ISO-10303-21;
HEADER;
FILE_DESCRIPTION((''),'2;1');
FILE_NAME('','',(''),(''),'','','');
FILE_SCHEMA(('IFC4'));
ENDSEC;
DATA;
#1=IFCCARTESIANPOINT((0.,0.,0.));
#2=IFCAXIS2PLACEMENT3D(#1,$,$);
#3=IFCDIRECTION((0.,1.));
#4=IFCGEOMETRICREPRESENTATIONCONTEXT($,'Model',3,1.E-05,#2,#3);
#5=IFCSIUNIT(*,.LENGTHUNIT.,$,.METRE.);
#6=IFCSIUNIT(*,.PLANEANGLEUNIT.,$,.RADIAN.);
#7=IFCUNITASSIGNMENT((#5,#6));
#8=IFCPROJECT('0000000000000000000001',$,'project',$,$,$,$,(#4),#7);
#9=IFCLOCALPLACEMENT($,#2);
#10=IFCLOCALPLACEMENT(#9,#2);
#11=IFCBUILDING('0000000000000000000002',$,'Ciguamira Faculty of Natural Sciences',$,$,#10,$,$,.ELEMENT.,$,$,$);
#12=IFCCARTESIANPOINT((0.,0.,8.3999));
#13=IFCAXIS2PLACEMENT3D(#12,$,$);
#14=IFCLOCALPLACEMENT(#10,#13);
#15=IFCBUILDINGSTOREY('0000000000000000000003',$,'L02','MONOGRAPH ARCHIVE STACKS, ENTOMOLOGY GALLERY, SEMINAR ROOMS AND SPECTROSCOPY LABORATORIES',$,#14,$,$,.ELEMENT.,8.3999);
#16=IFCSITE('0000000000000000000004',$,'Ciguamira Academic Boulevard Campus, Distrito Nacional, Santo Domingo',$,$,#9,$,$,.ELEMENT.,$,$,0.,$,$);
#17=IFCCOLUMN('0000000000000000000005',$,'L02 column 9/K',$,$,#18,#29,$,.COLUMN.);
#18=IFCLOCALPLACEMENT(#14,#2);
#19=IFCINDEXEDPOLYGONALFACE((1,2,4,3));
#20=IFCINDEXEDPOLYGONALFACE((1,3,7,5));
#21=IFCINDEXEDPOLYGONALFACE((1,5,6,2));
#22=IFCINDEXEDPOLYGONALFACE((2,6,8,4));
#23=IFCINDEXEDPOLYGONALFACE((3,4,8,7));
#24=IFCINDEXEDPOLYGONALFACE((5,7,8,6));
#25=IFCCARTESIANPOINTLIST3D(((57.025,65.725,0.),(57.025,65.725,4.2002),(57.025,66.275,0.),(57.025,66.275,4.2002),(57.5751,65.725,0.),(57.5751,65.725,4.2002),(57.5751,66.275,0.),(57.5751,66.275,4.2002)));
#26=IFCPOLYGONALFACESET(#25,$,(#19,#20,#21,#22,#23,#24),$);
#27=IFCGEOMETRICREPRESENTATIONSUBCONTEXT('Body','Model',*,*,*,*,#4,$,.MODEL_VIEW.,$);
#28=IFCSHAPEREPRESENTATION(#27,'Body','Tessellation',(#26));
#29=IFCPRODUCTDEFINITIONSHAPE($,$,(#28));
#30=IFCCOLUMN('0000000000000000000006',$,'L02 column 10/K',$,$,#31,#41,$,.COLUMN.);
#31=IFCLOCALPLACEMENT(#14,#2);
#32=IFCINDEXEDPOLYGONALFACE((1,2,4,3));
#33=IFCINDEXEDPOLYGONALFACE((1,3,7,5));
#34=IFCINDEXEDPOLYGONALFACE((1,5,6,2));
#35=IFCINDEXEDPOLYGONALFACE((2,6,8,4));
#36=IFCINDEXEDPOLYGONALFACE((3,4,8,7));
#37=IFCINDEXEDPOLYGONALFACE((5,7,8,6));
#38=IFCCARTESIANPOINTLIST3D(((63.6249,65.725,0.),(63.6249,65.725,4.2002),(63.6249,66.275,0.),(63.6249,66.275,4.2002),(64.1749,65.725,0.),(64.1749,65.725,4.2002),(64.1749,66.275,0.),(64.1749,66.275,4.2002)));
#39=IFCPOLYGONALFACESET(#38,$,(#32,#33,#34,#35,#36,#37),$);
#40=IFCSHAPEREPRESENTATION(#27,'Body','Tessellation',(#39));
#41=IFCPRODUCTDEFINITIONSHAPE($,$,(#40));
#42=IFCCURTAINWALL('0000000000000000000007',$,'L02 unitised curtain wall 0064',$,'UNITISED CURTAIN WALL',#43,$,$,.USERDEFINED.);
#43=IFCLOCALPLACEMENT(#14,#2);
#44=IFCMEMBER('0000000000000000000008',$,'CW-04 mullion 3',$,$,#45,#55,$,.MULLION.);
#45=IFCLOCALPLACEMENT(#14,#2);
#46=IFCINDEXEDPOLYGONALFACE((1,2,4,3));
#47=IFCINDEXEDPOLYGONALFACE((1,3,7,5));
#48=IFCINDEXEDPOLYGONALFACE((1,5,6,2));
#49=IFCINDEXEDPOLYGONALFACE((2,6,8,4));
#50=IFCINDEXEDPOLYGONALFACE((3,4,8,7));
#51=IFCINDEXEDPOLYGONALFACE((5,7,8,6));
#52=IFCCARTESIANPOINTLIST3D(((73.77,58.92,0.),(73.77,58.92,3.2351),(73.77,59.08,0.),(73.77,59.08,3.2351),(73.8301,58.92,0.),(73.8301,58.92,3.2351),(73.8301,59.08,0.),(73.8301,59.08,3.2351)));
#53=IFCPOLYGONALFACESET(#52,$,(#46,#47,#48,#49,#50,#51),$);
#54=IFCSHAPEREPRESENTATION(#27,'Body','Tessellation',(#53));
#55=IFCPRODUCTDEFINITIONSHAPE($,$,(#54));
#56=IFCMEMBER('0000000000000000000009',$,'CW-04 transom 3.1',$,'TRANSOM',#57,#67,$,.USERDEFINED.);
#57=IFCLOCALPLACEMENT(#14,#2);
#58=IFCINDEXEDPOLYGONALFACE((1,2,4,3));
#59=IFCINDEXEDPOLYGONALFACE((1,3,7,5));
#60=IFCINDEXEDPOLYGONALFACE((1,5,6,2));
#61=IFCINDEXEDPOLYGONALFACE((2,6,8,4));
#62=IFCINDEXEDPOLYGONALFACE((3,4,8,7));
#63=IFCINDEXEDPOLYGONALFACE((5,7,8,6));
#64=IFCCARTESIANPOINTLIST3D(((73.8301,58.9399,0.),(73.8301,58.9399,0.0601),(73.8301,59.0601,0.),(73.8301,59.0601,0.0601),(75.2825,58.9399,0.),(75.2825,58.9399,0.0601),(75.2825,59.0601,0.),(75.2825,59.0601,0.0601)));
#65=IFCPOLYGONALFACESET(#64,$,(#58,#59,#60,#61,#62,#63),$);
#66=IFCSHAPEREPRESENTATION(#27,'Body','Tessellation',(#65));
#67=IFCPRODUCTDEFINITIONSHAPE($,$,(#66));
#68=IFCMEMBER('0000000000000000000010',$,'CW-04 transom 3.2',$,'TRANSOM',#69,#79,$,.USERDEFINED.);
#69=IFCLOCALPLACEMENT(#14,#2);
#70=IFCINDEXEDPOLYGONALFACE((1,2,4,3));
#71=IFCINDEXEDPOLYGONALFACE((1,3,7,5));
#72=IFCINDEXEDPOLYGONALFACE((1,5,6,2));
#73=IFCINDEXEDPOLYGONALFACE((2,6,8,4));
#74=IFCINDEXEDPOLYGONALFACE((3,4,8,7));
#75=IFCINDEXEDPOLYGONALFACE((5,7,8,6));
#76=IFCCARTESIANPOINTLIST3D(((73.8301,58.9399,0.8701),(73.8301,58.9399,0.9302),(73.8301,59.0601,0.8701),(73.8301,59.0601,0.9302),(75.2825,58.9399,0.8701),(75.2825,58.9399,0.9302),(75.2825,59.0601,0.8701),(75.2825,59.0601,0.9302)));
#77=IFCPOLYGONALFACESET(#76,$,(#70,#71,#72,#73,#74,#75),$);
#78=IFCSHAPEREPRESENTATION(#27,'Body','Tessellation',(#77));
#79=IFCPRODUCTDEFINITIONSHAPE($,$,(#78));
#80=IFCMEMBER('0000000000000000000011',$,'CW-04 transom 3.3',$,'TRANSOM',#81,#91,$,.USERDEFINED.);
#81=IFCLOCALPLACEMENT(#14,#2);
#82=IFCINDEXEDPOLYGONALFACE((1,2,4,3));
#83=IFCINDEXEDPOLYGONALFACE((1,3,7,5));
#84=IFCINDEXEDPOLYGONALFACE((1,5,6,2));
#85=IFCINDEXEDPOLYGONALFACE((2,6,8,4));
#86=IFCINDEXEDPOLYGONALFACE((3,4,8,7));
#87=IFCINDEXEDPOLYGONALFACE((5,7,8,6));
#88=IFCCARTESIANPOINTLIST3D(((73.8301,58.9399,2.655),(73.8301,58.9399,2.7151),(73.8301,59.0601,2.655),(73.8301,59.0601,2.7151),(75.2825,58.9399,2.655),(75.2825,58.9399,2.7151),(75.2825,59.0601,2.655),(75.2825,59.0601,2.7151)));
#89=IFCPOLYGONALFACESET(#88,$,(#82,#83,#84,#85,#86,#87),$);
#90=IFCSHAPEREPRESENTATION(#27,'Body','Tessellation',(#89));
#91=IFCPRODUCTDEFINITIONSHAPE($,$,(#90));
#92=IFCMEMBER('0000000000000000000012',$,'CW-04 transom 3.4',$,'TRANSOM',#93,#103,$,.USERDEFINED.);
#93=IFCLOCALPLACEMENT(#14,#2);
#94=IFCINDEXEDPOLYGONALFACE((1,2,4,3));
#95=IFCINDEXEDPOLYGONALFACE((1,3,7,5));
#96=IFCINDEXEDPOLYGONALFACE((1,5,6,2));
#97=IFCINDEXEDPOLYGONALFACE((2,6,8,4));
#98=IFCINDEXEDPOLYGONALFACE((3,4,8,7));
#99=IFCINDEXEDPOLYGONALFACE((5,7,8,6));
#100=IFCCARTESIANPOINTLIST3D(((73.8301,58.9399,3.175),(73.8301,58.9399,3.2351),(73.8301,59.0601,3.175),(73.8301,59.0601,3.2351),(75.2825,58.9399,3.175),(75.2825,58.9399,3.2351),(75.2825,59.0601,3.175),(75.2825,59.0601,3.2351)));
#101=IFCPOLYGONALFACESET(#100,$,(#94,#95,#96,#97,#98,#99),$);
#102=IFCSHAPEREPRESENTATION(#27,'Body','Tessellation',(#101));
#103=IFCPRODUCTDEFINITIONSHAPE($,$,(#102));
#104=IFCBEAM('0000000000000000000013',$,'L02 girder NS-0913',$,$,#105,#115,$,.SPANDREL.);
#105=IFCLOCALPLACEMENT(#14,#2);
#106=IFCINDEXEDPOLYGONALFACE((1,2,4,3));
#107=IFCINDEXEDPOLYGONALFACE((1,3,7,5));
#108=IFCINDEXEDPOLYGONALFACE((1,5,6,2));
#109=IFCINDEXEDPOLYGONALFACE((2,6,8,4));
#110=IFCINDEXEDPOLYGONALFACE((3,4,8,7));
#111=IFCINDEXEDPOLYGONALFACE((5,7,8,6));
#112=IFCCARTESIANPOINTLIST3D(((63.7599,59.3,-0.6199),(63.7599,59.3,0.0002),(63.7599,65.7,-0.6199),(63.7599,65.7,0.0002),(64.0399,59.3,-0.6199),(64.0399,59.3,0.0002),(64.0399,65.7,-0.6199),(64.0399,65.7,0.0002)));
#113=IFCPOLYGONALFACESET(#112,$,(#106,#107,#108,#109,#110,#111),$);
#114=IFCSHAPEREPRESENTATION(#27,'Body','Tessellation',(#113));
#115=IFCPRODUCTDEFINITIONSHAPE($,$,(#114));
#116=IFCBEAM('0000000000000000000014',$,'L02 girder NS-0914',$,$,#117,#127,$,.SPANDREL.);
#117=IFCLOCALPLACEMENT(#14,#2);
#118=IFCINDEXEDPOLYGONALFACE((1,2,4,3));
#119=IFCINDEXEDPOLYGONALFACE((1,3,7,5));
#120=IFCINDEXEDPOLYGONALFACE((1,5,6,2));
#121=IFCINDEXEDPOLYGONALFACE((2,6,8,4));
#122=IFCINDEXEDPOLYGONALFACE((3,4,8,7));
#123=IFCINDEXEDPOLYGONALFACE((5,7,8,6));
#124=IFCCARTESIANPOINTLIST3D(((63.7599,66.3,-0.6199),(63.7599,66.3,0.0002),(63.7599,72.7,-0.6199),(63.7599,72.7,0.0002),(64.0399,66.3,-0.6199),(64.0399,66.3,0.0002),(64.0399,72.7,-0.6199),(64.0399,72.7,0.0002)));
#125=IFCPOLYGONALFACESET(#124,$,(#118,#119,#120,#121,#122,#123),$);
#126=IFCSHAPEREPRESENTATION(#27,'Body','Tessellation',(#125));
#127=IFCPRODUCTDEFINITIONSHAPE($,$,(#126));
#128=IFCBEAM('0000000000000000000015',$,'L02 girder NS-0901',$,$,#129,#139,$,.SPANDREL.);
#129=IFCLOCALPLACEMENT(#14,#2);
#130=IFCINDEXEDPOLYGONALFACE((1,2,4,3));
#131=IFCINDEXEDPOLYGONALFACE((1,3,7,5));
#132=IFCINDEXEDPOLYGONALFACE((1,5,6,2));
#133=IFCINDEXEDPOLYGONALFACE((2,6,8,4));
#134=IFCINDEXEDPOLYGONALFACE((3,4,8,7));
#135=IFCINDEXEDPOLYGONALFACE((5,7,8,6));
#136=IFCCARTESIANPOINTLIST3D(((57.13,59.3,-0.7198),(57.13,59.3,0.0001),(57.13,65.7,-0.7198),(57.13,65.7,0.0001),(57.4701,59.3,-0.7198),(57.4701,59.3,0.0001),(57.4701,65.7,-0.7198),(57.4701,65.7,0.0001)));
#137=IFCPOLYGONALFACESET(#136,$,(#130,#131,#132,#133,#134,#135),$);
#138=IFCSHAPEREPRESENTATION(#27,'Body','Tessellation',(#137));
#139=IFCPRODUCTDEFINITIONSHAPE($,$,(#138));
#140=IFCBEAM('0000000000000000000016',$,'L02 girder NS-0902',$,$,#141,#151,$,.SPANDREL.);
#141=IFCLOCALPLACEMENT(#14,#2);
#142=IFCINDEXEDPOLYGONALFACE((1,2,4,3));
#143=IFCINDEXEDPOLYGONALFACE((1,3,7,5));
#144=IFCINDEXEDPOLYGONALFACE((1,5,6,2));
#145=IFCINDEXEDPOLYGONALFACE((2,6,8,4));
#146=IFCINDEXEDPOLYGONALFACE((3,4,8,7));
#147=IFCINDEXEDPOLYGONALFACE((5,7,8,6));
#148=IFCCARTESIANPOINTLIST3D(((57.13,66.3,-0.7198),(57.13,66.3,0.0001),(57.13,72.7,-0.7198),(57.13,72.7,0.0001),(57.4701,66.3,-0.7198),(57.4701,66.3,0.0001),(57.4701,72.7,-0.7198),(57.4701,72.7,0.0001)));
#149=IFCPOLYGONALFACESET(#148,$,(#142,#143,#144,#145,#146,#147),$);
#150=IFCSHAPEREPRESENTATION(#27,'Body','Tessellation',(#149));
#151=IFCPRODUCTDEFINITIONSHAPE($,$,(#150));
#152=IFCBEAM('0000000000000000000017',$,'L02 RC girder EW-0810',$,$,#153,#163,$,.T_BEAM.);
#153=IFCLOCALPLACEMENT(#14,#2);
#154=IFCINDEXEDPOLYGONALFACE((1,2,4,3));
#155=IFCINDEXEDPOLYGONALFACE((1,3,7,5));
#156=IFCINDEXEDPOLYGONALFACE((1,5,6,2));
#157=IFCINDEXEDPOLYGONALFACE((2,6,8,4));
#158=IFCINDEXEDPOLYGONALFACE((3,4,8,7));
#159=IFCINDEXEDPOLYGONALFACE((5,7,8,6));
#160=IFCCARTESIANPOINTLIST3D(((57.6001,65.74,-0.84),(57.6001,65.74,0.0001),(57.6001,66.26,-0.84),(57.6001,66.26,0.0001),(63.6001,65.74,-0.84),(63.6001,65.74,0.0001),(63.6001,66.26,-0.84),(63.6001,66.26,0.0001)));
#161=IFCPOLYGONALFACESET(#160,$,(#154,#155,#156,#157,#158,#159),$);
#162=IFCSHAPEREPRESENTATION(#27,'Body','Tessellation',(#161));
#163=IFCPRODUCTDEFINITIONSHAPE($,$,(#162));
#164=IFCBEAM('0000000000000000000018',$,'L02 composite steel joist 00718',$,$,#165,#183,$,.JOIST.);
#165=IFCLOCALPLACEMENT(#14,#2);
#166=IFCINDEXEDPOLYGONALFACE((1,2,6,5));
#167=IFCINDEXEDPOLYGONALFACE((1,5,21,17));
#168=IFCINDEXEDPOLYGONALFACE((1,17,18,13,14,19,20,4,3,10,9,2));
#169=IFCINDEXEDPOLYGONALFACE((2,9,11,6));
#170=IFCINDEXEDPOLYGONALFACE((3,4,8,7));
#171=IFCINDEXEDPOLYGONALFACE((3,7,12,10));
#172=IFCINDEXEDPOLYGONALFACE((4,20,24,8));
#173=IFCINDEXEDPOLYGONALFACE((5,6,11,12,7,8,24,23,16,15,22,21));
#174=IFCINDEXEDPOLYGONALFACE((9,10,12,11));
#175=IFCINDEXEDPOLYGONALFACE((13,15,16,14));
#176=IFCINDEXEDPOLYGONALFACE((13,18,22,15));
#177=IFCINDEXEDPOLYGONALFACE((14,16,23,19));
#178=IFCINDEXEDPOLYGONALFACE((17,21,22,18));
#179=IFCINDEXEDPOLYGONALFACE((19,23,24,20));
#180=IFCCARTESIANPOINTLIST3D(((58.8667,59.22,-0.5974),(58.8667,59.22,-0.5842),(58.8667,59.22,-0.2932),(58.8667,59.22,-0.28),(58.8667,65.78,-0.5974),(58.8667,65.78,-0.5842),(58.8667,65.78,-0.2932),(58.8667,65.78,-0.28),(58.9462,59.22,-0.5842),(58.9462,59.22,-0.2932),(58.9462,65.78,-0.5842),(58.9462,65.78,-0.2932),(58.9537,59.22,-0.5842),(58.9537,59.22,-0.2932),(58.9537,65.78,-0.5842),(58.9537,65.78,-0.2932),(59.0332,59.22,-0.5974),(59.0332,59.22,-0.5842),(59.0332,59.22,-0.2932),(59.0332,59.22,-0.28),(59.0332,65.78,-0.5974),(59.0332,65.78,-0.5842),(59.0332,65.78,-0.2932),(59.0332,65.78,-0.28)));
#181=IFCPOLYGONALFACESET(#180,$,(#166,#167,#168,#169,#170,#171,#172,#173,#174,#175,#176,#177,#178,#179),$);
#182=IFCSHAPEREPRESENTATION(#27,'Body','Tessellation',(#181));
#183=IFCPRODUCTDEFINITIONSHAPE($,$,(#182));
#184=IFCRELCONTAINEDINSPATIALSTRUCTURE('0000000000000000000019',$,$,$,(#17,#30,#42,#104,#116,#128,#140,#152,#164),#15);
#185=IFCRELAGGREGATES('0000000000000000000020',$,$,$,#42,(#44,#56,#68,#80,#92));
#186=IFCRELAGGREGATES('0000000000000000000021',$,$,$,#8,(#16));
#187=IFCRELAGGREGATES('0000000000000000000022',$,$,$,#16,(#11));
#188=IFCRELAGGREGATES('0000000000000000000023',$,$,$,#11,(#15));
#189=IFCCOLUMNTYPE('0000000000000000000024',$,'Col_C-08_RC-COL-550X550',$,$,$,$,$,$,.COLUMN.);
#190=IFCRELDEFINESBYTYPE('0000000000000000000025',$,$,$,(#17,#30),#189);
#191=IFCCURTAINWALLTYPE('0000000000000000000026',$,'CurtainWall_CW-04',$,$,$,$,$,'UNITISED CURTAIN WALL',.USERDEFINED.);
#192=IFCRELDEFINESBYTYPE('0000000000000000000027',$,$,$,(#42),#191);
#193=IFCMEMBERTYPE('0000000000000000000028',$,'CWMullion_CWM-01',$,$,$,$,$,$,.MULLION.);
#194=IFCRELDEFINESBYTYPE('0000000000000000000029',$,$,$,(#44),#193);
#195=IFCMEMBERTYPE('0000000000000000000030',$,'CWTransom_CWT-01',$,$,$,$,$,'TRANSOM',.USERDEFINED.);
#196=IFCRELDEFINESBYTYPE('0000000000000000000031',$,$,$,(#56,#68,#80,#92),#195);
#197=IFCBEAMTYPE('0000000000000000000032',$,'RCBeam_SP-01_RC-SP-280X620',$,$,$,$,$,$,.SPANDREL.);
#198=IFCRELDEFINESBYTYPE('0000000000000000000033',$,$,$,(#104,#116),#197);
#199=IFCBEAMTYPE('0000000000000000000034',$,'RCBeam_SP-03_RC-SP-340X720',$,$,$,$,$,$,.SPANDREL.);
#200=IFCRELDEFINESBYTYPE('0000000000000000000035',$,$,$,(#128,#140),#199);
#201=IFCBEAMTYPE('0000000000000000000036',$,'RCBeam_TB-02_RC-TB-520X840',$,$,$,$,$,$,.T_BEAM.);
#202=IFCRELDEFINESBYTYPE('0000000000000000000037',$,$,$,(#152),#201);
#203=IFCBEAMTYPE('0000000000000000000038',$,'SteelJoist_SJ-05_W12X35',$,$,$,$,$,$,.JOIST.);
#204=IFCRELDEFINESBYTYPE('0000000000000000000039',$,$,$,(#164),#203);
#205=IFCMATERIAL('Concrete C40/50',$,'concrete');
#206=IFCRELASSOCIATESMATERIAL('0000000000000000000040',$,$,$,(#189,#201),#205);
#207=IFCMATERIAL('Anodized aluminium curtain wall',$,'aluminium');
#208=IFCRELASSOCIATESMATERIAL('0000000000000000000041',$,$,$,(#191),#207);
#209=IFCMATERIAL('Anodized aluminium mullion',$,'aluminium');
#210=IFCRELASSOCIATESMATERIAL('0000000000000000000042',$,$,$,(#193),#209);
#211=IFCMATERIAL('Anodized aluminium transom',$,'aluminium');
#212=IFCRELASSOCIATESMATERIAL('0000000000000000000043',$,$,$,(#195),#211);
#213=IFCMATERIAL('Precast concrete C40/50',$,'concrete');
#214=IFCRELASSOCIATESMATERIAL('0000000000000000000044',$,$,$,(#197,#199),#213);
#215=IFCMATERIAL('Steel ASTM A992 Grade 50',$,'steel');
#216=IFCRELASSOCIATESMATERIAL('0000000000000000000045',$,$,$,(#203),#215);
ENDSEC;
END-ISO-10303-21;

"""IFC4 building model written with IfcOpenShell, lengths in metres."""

from ifc_helpers import new_model, si_unit, direction, frame, origin, origin_2d, place, context, subcontext, project, spatial, rectangle, i_section, extrude, material, material_profile, profile_set, type_object, element, aggregate, save


model = new_model("IFC4")

# Units and contexts
model_context = context("Model", 3, precision=1e-05, world=origin(), true_north=direction((0.0, 1.0)))
body_context = subcontext(model_context, "Body", "Model", "MODEL_VIEW")
ifc_project = project(units=[si_unit("LENGTHUNIT", "METRE"), si_unit("PLANEANGLEUNIT", "RADIAN")], contexts=[model_context])

# Site, building, storey
site_placement = place(None, origin())
site = spatial("IfcSite", under=ifc_project, at=site_placement, Name="Ciguamira Academic Boulevard Campus, Distrito Nacional, Santo Domingo", CompositionType="ELEMENT", RefElevation=0.0)
building_placement = place(site_placement, origin())
building = spatial("IfcBuilding", under=site, at=building_placement, Name="Ciguamira Faculty of Natural Sciences", CompositionType="ELEMENT")
storey_placement = place(building_placement, frame((0.0, 0.0, 8.3999)))
storey = spatial("IfcBuildingStorey", under=building, at=storey_placement, Name="L02", Description="MONOGRAPH ARCHIVE STACKS, ENTOMOLOGY GALLERY, SEMINAR ROOMS AND SPECTROSCOPY LABORATORIES", CompositionType="ELEMENT", Elevation=8.3999)

# Columns
ifc_material_1 = material(Name="Concrete C40/50", Category="concrete")
ifc_material_profile_1 = material_profile(ifc_material_1, rectangle(XDim=0.55, YDim=0.55, at=origin_2d()), Name="RC-COL-550X550")
ifc_profile_set_1 = profile_set([ifc_material_profile_1], Name="Concrete C40/50")
column_type = type_object("IfcColumnType", Name="Col_C-08_RC-COL-550X550", PredefinedType="COLUMN", material=ifc_profile_set_1)
for number, where, z_axis, x_axis, name in (
    (1, (57.3, 66.0, 0.0), (0.0, 0.0, 1.0), (1.0, 0.0, 0.0), "L02 column 9/K"),
    (2, (63.8999, 66.0, 0.0), (0.0, 0.0, 1.0), (1.0, 0.0, 0.0), "L02 column 10/K"),
):
    element("IfcColumn", number, at=place(storey_placement, frame(where, z_axis=z_axis, x_axis=x_axis)), inside=storey, type_object=column_type, Name=name, PredefinedType="COLUMN", context=body_context, shape_type="SweptSolid", body=[
        extrude(rectangle(XDim=0.55, YDim=0.55, at=origin_2d()), origin(), (0.0, 0.0, 1.0), 4.2002),
    ])

# Curtain wall, members
ifc_material_2 = material(Name="Anodized aluminium curtain wall", Category="aluminium")
curtain_wall_type = type_object("IfcCurtainWallType", Name="CurtainWall_CW-04", ElementType="UNITISED CURTAIN WALL", PredefinedType="USERDEFINED", material=ifc_material_2)
curtain_wall_placement = place(storey_placement, origin())
curtain_wall = element("IfcCurtainWall", 3, at=curtain_wall_placement, inside=storey, type_object=curtain_wall_type, Name="L02 unitised curtain wall 0064", ObjectType="UNITISED CURTAIN WALL", PredefinedType="USERDEFINED")
ifc_material_3 = material(Name="Anodized aluminium mullion", Category="aluminium")
ifc_material_profile_2 = material_profile(ifc_material_3, rectangle(XDim=0.0601, YDim=0.1599, at=origin_2d()), Name="ALU-MUL-60X160")
ifc_profile_set_2 = profile_set([ifc_material_profile_2], Name="Anodized aluminium mullion")
member_type_1 = type_object("IfcMemberType", Name="CWMullion_CWM-01", PredefinedType="MULLION", material=ifc_profile_set_2)
member_1_placement = place(storey_placement, frame((73.8, 59.0, 0.0), z_axis=(0.0, 0.0, 1.0), x_axis=(1.0, 0.0, 0.0)))
member_1 = element("IfcMember", 4, at=member_1_placement, type_object=member_type_1, Name="CW-04 mullion 3", PredefinedType="MULLION", context=body_context, shape_type="SweptSolid", body=[
    extrude(rectangle(XDim=0.0601, YDim=0.1599, at=origin_2d()), origin(), (0.0, 0.0, 1.0), 3.2351),
])
ifc_material_4 = material(Name="Anodized aluminium transom", Category="aluminium")
ifc_material_profile_3 = material_profile(ifc_material_4, rectangle(XDim=0.0601, YDim=0.1201, at=origin_2d()), Name="ALU-TRN-60X120")
ifc_profile_set_3 = profile_set([ifc_material_profile_3], Name="Anodized aluminium transom")
member_type_2 = type_object("IfcMemberType", Name="CWTransom_CWT-01", ElementType="TRANSOM", PredefinedType="USERDEFINED", material=ifc_profile_set_3)
member_2_placement = place(storey_placement, frame((73.8301, 59.0, 0.03), z_axis=(1.0, 0.0, 0.0), x_axis=(0.0, 0.0, 1.0)))
member_2 = element("IfcMember", 5, at=member_2_placement, type_object=member_type_2, Name="CW-04 transom 3.1", ObjectType="TRANSOM", PredefinedType="USERDEFINED", context=body_context, shape_type="SweptSolid", body=[
    extrude(rectangle(XDim=0.0601, YDim=0.1201, at=origin_2d()), origin(), (0.0, 0.0, 1.0), 1.4524),
])
member_3_placement = place(storey_placement, frame((73.8301, 59.0, 0.9001), z_axis=(1.0, 0.0, 0.0), x_axis=(0.0, 0.0, 1.0)))
member_3 = element("IfcMember", 6, at=member_3_placement, type_object=member_type_2, Name="CW-04 transom 3.2", ObjectType="TRANSOM", PredefinedType="USERDEFINED", context=body_context, shape_type="SweptSolid", body=[
    extrude(rectangle(XDim=0.0601, YDim=0.1201, at=origin_2d()), origin(), (0.0, 0.0, 1.0), 1.4524),
])
member_4_placement = place(storey_placement, frame((73.8301, 59.0, 2.6851), z_axis=(1.0, 0.0, 0.0), x_axis=(0.0, 0.0, 1.0)))
member_4 = element("IfcMember", 7, at=member_4_placement, type_object=member_type_2, Name="CW-04 transom 3.3", ObjectType="TRANSOM", PredefinedType="USERDEFINED", context=body_context, shape_type="SweptSolid", body=[
    extrude(rectangle(XDim=0.0601, YDim=0.1201, at=origin_2d()), origin(), (0.0, 0.0, 1.0), 1.4524),
])
member_5_placement = place(storey_placement, frame((73.8301, 59.0, 3.2051), z_axis=(1.0, 0.0, 0.0), x_axis=(0.0, 0.0, 1.0)))
member_5 = element("IfcMember", 8, at=member_5_placement, type_object=member_type_2, Name="CW-04 transom 3.4", ObjectType="TRANSOM", PredefinedType="USERDEFINED", context=body_context, shape_type="SweptSolid", body=[
    extrude(rectangle(XDim=0.0601, YDim=0.1201, at=origin_2d()), origin(), (0.0, 0.0, 1.0), 1.4524),
])
aggregate(curtain_wall, [member_1, member_2, member_3, member_4, member_5])

# Beams
ifc_material_5 = material(Name="Precast concrete C40/50", Category="concrete")
ifc_material_profile_4 = material_profile(ifc_material_5, rectangle(XDim=0.28, YDim=0.6201, at=origin_2d()), Name="RC-SP-280X620")
ifc_profile_set_4 = profile_set([ifc_material_profile_4], Name="Precast concrete C40/50")
beam_type_1 = type_object("IfcBeamType", Name="RCBeam_SP-01_RC-SP-280X620", PredefinedType="SPANDREL", material=ifc_profile_set_4)
for number, where, z_axis, x_axis, name in (
    (9, (63.8999, 59.3, -0.3098), (0.0, 1.0, 0.0), (-1.0, 0.0, 0.0), "L02 girder NS-0913"),
    (10, (63.8999, 66.3, -0.3098), (0.0, 1.0, 0.0), (-1.0, 0.0, 0.0), "L02 girder NS-0914"),
):
    element("IfcBeam", number, at=place(storey_placement, frame(where, z_axis=z_axis, x_axis=x_axis)), inside=storey, type_object=beam_type_1, Name=name, PredefinedType="SPANDREL", context=body_context, shape_type="SweptSolid", body=[
        extrude(rectangle(XDim=0.28, YDim=0.6201, at=origin_2d()), origin(), (0.0, 0.0, 1.0), 6.3999),
    ])
ifc_material_profile_5 = material_profile(ifc_material_5, rectangle(XDim=0.3401, YDim=0.72, at=origin_2d()), Name="RC-SP-340X720")
ifc_profile_set_5 = profile_set([ifc_material_profile_5], Name="Precast concrete C40/50")
beam_type_2 = type_object("IfcBeamType", Name="RCBeam_SP-03_RC-SP-340X720", PredefinedType="SPANDREL", material=ifc_profile_set_5)
for number, where, z_axis, x_axis, name in (
    (11, (57.3, 59.3, -0.3599), (0.0, 1.0, 0.0), (-1.0, 0.0, 0.0), "L02 girder NS-0901"),
    (12, (57.3, 66.3, -0.3599), (0.0, 1.0, 0.0), (-1.0, 0.0, 0.0), "L02 girder NS-0902"),
):
    element("IfcBeam", number, at=place(storey_placement, frame(where, z_axis=z_axis, x_axis=x_axis)), inside=storey, type_object=beam_type_2, Name=name, PredefinedType="SPANDREL", context=body_context, shape_type="SweptSolid", body=[
        extrude(rectangle(XDim=0.3401, YDim=0.72, at=origin_2d()), origin(), (0.0, 0.0, 1.0), 6.3999),
    ])
ifc_material_profile_6 = material_profile(ifc_material_1, rectangle(XDim=0.52, YDim=0.8401, at=origin_2d()), Name="RC-TB-520X840")
ifc_profile_set_6 = profile_set([ifc_material_profile_6], Name="Concrete C40/50")
beam_type_3 = type_object("IfcBeamType", Name="RCBeam_TB-02_RC-TB-520X840", PredefinedType="T_BEAM", material=ifc_profile_set_6)
beam_1_placement = place(storey_placement, frame((57.6001, 66.0, -0.4199), z_axis=(1.0, 0.0, 0.0), x_axis=(0.0, 1.0, 0.0)))
element("IfcBeam", 13, at=beam_1_placement, inside=storey, type_object=beam_type_3, Name="L02 RC girder EW-0810", PredefinedType="T_BEAM", context=body_context, shape_type="SweptSolid", body=[
    extrude(rectangle(XDim=0.52, YDim=0.8401, at=origin_2d()), origin(), (0.0, 0.0, 1.0), 6.0),
])
ifc_material_6 = material(Name="Steel ASTM A992 Grade 50", Category="steel")
ifc_material_profile_7 = material_profile(ifc_material_6, i_section(OverallWidth=0.1665, OverallDepth=0.3174, WebThickness=0.0076, FlangeThickness=0.0132, at=origin_2d()), Name="W12X35")
ifc_profile_set_7 = profile_set([ifc_material_profile_7], Name="Steel ASTM A992 Grade 50")
beam_type_4 = type_object("IfcBeamType", Name="SteelJoist_SJ-05_W12X35", PredefinedType="JOIST", material=ifc_profile_set_7)
beam_2_placement = place(storey_placement, frame((58.95, 59.22, -0.4387), z_axis=(0.0, 1.0, 0.0), x_axis=(-1.0, 0.0, 0.0)))
element("IfcBeam", 14, at=beam_2_placement, inside=storey, type_object=beam_type_4, Name="L02 composite steel joist 00718", PredefinedType="JOIST", context=body_context, shape_type="SweptSolid", body=[
    extrude(i_section(OverallWidth=0.1665, OverallDepth=0.3174, WebThickness=0.0076, FlangeThickness=0.0132, at=origin_2d()), origin(), (0.0, 0.0, 1.0), 6.5601),
])

save(model, "model.ifc")
